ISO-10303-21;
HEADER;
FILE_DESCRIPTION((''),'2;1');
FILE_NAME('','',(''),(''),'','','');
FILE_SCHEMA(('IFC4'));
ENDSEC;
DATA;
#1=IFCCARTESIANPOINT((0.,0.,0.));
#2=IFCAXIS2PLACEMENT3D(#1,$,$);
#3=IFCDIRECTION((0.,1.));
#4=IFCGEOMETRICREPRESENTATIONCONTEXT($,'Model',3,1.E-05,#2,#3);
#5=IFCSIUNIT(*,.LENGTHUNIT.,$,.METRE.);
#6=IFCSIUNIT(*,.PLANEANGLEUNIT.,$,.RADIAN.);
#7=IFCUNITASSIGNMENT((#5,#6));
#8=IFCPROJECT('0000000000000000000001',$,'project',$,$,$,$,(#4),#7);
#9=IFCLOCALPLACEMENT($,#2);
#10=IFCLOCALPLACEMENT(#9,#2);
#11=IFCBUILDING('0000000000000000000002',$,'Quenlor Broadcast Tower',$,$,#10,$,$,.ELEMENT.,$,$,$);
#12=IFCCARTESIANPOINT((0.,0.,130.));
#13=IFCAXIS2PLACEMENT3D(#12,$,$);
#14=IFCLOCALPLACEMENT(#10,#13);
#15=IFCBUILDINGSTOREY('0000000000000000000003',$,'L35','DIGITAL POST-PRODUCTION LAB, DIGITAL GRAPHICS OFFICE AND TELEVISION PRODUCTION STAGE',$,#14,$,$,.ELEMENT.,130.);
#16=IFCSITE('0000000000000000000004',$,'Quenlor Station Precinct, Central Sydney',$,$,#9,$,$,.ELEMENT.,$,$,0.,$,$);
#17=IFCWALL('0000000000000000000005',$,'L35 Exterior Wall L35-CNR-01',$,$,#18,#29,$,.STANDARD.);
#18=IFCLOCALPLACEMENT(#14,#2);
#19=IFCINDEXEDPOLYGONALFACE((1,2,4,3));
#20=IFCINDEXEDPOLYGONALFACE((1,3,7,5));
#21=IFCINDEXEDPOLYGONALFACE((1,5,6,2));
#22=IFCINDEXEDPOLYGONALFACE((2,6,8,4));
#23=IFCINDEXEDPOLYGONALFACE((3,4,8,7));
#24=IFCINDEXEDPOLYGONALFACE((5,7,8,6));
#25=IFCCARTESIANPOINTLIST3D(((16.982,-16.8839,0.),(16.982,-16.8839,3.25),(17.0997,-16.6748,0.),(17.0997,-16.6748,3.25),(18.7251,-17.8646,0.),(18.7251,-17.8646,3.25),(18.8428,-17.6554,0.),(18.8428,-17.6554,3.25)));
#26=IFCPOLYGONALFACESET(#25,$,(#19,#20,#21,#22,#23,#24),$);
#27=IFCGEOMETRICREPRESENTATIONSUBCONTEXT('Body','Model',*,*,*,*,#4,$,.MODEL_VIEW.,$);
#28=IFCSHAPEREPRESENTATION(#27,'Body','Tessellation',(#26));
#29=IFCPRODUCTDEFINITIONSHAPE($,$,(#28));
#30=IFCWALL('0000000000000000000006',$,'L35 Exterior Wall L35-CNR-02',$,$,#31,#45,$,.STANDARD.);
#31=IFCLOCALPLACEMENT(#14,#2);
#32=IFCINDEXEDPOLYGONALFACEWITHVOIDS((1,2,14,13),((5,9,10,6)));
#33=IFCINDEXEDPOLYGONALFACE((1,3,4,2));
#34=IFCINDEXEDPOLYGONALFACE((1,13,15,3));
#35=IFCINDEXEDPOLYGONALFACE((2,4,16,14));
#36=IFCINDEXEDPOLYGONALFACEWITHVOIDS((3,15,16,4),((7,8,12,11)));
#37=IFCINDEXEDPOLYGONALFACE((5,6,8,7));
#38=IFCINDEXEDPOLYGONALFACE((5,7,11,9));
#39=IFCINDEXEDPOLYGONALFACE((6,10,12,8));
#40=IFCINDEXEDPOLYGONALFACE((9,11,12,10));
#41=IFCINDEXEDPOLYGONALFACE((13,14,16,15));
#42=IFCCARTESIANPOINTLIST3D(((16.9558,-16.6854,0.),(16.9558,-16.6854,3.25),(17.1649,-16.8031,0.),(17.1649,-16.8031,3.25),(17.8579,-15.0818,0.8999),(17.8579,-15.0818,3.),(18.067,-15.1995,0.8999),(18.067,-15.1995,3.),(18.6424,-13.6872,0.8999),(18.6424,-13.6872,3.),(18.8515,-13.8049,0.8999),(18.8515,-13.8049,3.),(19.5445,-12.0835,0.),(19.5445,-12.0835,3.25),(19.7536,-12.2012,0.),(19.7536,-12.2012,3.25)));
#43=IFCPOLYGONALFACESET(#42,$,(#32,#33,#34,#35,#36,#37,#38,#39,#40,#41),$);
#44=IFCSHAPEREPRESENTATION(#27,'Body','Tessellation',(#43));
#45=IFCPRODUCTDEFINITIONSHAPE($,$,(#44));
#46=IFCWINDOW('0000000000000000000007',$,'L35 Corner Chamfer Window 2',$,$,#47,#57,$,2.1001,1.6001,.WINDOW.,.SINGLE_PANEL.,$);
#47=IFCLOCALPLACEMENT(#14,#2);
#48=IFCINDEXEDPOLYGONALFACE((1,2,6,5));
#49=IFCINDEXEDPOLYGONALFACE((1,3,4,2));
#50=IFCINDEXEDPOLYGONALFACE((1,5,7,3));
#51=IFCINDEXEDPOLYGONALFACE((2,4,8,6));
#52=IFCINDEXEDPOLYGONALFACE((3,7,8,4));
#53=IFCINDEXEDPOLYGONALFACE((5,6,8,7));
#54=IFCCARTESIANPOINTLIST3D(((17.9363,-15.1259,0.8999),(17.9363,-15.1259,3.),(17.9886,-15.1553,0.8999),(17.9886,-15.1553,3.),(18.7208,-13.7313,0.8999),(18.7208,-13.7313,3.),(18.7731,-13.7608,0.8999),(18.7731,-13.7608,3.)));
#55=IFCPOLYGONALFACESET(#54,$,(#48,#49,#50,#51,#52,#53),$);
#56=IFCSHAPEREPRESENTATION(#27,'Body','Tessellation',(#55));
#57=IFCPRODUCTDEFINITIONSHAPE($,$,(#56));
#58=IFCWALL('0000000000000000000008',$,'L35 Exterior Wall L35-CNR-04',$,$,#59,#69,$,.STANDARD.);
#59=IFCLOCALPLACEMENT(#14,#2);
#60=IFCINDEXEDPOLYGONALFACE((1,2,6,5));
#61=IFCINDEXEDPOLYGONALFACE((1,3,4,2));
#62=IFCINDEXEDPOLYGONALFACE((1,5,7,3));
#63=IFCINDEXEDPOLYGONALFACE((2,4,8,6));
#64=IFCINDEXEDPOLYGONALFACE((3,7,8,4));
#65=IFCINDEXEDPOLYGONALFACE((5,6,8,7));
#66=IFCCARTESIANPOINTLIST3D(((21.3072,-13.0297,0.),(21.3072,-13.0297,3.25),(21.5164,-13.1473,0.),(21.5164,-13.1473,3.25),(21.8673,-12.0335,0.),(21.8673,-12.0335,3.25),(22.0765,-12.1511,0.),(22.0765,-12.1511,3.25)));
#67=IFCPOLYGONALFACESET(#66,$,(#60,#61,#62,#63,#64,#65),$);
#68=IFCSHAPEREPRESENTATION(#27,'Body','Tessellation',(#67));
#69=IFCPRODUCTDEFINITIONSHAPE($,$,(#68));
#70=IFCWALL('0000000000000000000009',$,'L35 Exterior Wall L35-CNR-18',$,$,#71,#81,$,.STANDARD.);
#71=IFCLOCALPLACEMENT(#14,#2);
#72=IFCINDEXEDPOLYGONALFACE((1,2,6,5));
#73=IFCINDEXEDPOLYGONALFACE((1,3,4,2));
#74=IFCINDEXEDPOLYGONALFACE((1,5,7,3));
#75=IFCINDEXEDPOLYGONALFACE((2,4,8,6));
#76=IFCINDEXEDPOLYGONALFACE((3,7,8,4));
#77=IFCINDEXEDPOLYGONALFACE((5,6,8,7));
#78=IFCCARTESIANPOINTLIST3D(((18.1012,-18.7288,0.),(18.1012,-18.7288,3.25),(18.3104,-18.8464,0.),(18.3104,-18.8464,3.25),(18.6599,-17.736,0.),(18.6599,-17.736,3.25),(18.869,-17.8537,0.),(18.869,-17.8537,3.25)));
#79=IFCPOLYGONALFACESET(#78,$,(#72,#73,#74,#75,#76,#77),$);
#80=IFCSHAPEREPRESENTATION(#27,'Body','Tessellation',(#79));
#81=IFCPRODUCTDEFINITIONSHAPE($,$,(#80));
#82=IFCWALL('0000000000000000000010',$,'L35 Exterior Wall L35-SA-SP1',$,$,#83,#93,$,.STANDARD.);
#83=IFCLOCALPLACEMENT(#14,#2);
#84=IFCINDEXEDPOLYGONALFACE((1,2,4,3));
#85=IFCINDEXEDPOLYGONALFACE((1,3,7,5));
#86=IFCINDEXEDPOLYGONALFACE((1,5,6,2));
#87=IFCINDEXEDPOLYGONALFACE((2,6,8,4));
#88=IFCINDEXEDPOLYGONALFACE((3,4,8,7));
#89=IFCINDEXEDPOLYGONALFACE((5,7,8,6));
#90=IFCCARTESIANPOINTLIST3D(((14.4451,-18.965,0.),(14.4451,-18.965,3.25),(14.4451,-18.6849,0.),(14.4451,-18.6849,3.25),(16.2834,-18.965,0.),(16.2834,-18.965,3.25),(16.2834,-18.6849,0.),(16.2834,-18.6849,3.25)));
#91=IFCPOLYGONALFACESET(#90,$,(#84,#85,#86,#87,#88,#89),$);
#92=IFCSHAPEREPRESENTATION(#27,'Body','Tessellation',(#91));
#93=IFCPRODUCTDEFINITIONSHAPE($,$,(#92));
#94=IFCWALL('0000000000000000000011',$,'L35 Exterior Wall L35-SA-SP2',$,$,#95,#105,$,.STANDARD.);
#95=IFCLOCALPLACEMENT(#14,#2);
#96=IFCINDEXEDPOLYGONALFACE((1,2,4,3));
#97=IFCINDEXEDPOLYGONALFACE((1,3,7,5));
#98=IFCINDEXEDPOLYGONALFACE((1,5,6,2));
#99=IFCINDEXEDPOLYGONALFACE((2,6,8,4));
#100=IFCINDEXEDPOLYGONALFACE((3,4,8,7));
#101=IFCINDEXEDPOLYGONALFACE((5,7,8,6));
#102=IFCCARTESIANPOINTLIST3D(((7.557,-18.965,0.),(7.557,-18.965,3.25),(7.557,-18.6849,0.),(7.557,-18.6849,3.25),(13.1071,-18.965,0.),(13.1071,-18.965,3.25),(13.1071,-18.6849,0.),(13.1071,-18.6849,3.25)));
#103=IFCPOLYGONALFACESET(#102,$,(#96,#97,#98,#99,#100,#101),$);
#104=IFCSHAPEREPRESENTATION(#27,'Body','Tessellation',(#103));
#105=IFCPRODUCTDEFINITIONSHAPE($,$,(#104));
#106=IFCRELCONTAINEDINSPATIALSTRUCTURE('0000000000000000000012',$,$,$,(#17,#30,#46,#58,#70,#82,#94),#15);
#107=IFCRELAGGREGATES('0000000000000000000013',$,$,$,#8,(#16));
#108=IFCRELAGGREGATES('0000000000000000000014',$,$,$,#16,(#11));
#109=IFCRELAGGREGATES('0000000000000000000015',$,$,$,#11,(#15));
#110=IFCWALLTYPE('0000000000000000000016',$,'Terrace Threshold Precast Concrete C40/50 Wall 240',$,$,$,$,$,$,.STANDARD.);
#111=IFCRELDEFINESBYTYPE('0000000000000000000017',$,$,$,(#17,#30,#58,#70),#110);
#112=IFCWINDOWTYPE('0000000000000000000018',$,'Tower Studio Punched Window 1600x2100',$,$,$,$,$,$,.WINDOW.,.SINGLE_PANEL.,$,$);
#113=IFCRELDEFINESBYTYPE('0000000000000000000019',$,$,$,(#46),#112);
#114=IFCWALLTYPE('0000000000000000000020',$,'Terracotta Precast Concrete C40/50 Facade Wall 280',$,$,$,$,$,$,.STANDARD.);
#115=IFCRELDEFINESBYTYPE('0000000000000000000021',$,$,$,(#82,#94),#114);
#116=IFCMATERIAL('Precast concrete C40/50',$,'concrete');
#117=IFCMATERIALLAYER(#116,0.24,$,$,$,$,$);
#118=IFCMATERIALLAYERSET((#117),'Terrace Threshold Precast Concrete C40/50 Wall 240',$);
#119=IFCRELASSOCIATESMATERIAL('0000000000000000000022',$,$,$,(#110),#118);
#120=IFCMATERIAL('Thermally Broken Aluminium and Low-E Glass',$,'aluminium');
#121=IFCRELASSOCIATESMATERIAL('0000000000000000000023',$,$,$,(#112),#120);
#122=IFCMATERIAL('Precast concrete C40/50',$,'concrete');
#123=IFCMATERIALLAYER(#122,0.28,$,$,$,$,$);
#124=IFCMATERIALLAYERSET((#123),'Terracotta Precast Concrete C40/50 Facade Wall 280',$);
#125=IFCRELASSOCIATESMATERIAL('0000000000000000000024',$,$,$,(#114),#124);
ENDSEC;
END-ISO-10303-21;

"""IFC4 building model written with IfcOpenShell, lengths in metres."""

from ifc_helpers import new_model, si_unit, direction, frame, frame_2d, origin, place, context, subcontext, project, spatial, rectangle, extrude, material, layer, layer_set, type_object, element, fill, save


model = new_model("IFC4")

# Units and contexts
model_context = context("Model", 3, precision=1e-05, world=origin(), true_north=direction((0.0, 1.0)))
body_context = subcontext(model_context, "Body", "Model", "MODEL_VIEW")
ifc_project = project(units=[si_unit("LENGTHUNIT", "METRE"), si_unit("PLANEANGLEUNIT", "RADIAN")], contexts=[model_context])

# Site, building, storey
site_placement = place(None, origin())
site = spatial("IfcSite", under=ifc_project, at=site_placement, Name="Quenlor Station Precinct, Central Sydney", CompositionType="ELEMENT", RefElevation=0.0)
building_placement = place(site_placement, origin())
building = spatial("IfcBuilding", under=site, at=building_placement, Name="Quenlor Broadcast Tower", CompositionType="ELEMENT")
storey_placement = place(building_placement, frame((0.0, 0.0, 130.0)))
storey = spatial("IfcBuildingStorey", under=building, at=storey_placement, Name="L35", Description="DIGITAL POST-PRODUCTION LAB, DIGITAL GRAPHICS OFFICE AND TELEVISION PRODUCTION STAGE", CompositionType="ELEMENT", Elevation=130.0)

# Wall
ifc_material_1 = material(Name="Precast concrete C40/50", Category="concrete")
ifc_layer_1 = layer(ifc_material_1, 0.24)
ifc_layer_set_1 = layer_set([ifc_layer_1], Name="Terrace Threshold Precast Concrete C40/50 Wall 240")
wall_type_1 = type_object("IfcWallType", Name="Terrace Threshold Precast Concrete C40/50 Wall 240", PredefinedType="STANDARD", material=ifc_layer_set_1)
wall_1_placement = place(storey_placement, frame((18.7839, -17.76, 0.0), z_axis=(0.0, 0.0, 1.0), x_axis=(-0.871536, 0.490331, 0.0)))
element("IfcWall", 1, at=wall_1_placement, inside=storey, type_object=wall_type_1, Name="L35 Exterior Wall L35-CNR-01", PredefinedType="STANDARD", context=body_context, shape_type="SweptSolid", body=[
    extrude(rectangle(XDim=2.0, YDim=0.24, at=frame_2d((1.0, 0.0))), origin(), (0.0, 0.0, 1.0), 3.25),
])

# Wall, opening, window
wall_2_placement = place(storey_placement, frame((17.0603, -16.7444, 0.0), z_axis=(0.0, 0.0, 1.0), x_axis=(0.490277, 0.871567, 0.0)))
wall_2 = element("IfcWall", 2, at=wall_2_placement, inside=storey, type_object=wall_type_1, Name="L35 Exterior Wall L35-CNR-02", PredefinedType="STANDARD", context=body_context, shape_type="SweptSolid", body=[
    extrude(rectangle(XDim=5.28, YDim=0.24, at=frame_2d((2.6401, 0.0))), origin(), (0.0, 0.0, 1.0), 3.25),
])
opening_placement = place(wall_2_placement, frame((1.8401, 0.0, 0.8999)))
opening = element("IfcOpeningElement", 3, at=opening_placement, cuts=wall_2, PredefinedType="OPENING", context=body_context, shape_type="SweptSolid", body=[
    extrude(rectangle(XDim=1.6001, YDim=2.1001, at=frame_2d((0.8, 1.05))), frame((0.0, 0.1299, 0.0), z_axis=(0.0, -1.0, 0.0), x_axis=(1.0, 0.0, 0.0)), (0.0, 0.0, 1.0), 0.26),
])
ifc_material_2 = material(Name="Thermally Broken Aluminium and Low-E Glass", Category="aluminium")
window_type = type_object("IfcWindowType", Name="Tower Studio Punched Window 1600x2100", PartitioningType="SINGLE_PANEL", PredefinedType="WINDOW", material=ifc_material_2)
window_placement = place(opening_placement, origin())
window = element("IfcWindow", 4, at=window_placement, inside=storey, type_object=window_type, Name="L35 Corner Chamfer Window 2", OverallHeight=2.1001, OverallWidth=1.6001, PartitioningType="SINGLE_PANEL", PredefinedType="WINDOW", context=body_context, shape_type="SweptSolid", body=[
    extrude(rectangle(XDim=1.6001, YDim=2.1001, at=frame_2d((0.8, 1.05))), frame((0.0, 0.03, 0.0), z_axis=(0.0, -1.0, 0.0), x_axis=(1.0, 0.0, 0.0)), (0.0, 0.0, 1.0), 0.0601),
])
fill(opening, window)

# Walls
wall_3_placement = place(storey_placement, frame((21.4119, -13.0884, 0.0), z_axis=(0.0, 0.0, 1.0), x_axis=(0.490099, 0.871667, 0.0)))
element("IfcWall", 5, at=wall_3_placement, inside=storey, type_object=wall_type_1, Name="L35 Exterior Wall L35-CNR-04", PredefinedType="STANDARD", context=body_context, shape_type="SweptSolid", body=[
    extrude(rectangle(XDim=1.1428, YDim=0.24, at=frame_2d((0.5713, 0.0))), origin(), (0.0, 0.0, 1.0), 3.25),
])
wall_4_placement = place(storey_placement, frame((18.2058, -18.7876, 0.0), z_axis=(0.0, 0.0, 1.0), x_axis=(0.490404, 0.871495, 0.0)))
element("IfcWall", 6, at=wall_4_placement, inside=storey, type_object=wall_type_1, Name="L35 Exterior Wall L35-CNR-18", PredefinedType="STANDARD", context=body_context, shape_type="SweptSolid", body=[
    extrude(rectangle(XDim=1.1392, YDim=0.24, at=frame_2d((0.5696, 0.0))), origin(), (0.0, 0.0, 1.0), 3.25),
])
ifc_material_3 = material(Name="Precast concrete C40/50", Category="concrete")
ifc_layer_2 = layer(ifc_material_3, 0.28)
ifc_layer_set_2 = layer_set([ifc_layer_2], Name="Terracotta Precast Concrete C40/50 Facade Wall 280")
wall_type_2 = type_object("IfcWallType", Name="Terracotta Precast Concrete C40/50 Facade Wall 280", PredefinedType="STANDARD", material=ifc_layer_set_2)
wall_5_placement = place(storey_placement, frame((16.2834, -18.825, 0.0), z_axis=(0.0, 0.0, 1.0), x_axis=(-1.0, 0.0, 0.0)))
element("IfcWall", 7, at=wall_5_placement, inside=storey, type_object=wall_type_2, Name="L35 Exterior Wall L35-SA-SP1", PredefinedType="STANDARD", context=body_context, shape_type="SweptSolid", body=[
    extrude(rectangle(XDim=1.8384, YDim=0.28, at=frame_2d((0.9192, 0.0))), origin(), (0.0, 0.0, 1.0), 3.25),
])
wall_6_placement = place(storey_placement, frame((13.1069, -18.825, 0.0), z_axis=(0.0, 0.0, 1.0), x_axis=(-1.0, 0.0, 0.0)))
element("IfcWall", 8, at=wall_6_placement, inside=storey, type_object=wall_type_2, Name="L35 Exterior Wall L35-SA-SP2", PredefinedType="STANDARD", context=body_context, shape_type="SweptSolid", body=[
    extrude(rectangle(XDim=5.55, YDim=0.28, at=frame_2d((2.7749, 0.0))), origin(), (0.0, 0.0, 1.0), 3.25),
])

save(model, "model.ifc")
